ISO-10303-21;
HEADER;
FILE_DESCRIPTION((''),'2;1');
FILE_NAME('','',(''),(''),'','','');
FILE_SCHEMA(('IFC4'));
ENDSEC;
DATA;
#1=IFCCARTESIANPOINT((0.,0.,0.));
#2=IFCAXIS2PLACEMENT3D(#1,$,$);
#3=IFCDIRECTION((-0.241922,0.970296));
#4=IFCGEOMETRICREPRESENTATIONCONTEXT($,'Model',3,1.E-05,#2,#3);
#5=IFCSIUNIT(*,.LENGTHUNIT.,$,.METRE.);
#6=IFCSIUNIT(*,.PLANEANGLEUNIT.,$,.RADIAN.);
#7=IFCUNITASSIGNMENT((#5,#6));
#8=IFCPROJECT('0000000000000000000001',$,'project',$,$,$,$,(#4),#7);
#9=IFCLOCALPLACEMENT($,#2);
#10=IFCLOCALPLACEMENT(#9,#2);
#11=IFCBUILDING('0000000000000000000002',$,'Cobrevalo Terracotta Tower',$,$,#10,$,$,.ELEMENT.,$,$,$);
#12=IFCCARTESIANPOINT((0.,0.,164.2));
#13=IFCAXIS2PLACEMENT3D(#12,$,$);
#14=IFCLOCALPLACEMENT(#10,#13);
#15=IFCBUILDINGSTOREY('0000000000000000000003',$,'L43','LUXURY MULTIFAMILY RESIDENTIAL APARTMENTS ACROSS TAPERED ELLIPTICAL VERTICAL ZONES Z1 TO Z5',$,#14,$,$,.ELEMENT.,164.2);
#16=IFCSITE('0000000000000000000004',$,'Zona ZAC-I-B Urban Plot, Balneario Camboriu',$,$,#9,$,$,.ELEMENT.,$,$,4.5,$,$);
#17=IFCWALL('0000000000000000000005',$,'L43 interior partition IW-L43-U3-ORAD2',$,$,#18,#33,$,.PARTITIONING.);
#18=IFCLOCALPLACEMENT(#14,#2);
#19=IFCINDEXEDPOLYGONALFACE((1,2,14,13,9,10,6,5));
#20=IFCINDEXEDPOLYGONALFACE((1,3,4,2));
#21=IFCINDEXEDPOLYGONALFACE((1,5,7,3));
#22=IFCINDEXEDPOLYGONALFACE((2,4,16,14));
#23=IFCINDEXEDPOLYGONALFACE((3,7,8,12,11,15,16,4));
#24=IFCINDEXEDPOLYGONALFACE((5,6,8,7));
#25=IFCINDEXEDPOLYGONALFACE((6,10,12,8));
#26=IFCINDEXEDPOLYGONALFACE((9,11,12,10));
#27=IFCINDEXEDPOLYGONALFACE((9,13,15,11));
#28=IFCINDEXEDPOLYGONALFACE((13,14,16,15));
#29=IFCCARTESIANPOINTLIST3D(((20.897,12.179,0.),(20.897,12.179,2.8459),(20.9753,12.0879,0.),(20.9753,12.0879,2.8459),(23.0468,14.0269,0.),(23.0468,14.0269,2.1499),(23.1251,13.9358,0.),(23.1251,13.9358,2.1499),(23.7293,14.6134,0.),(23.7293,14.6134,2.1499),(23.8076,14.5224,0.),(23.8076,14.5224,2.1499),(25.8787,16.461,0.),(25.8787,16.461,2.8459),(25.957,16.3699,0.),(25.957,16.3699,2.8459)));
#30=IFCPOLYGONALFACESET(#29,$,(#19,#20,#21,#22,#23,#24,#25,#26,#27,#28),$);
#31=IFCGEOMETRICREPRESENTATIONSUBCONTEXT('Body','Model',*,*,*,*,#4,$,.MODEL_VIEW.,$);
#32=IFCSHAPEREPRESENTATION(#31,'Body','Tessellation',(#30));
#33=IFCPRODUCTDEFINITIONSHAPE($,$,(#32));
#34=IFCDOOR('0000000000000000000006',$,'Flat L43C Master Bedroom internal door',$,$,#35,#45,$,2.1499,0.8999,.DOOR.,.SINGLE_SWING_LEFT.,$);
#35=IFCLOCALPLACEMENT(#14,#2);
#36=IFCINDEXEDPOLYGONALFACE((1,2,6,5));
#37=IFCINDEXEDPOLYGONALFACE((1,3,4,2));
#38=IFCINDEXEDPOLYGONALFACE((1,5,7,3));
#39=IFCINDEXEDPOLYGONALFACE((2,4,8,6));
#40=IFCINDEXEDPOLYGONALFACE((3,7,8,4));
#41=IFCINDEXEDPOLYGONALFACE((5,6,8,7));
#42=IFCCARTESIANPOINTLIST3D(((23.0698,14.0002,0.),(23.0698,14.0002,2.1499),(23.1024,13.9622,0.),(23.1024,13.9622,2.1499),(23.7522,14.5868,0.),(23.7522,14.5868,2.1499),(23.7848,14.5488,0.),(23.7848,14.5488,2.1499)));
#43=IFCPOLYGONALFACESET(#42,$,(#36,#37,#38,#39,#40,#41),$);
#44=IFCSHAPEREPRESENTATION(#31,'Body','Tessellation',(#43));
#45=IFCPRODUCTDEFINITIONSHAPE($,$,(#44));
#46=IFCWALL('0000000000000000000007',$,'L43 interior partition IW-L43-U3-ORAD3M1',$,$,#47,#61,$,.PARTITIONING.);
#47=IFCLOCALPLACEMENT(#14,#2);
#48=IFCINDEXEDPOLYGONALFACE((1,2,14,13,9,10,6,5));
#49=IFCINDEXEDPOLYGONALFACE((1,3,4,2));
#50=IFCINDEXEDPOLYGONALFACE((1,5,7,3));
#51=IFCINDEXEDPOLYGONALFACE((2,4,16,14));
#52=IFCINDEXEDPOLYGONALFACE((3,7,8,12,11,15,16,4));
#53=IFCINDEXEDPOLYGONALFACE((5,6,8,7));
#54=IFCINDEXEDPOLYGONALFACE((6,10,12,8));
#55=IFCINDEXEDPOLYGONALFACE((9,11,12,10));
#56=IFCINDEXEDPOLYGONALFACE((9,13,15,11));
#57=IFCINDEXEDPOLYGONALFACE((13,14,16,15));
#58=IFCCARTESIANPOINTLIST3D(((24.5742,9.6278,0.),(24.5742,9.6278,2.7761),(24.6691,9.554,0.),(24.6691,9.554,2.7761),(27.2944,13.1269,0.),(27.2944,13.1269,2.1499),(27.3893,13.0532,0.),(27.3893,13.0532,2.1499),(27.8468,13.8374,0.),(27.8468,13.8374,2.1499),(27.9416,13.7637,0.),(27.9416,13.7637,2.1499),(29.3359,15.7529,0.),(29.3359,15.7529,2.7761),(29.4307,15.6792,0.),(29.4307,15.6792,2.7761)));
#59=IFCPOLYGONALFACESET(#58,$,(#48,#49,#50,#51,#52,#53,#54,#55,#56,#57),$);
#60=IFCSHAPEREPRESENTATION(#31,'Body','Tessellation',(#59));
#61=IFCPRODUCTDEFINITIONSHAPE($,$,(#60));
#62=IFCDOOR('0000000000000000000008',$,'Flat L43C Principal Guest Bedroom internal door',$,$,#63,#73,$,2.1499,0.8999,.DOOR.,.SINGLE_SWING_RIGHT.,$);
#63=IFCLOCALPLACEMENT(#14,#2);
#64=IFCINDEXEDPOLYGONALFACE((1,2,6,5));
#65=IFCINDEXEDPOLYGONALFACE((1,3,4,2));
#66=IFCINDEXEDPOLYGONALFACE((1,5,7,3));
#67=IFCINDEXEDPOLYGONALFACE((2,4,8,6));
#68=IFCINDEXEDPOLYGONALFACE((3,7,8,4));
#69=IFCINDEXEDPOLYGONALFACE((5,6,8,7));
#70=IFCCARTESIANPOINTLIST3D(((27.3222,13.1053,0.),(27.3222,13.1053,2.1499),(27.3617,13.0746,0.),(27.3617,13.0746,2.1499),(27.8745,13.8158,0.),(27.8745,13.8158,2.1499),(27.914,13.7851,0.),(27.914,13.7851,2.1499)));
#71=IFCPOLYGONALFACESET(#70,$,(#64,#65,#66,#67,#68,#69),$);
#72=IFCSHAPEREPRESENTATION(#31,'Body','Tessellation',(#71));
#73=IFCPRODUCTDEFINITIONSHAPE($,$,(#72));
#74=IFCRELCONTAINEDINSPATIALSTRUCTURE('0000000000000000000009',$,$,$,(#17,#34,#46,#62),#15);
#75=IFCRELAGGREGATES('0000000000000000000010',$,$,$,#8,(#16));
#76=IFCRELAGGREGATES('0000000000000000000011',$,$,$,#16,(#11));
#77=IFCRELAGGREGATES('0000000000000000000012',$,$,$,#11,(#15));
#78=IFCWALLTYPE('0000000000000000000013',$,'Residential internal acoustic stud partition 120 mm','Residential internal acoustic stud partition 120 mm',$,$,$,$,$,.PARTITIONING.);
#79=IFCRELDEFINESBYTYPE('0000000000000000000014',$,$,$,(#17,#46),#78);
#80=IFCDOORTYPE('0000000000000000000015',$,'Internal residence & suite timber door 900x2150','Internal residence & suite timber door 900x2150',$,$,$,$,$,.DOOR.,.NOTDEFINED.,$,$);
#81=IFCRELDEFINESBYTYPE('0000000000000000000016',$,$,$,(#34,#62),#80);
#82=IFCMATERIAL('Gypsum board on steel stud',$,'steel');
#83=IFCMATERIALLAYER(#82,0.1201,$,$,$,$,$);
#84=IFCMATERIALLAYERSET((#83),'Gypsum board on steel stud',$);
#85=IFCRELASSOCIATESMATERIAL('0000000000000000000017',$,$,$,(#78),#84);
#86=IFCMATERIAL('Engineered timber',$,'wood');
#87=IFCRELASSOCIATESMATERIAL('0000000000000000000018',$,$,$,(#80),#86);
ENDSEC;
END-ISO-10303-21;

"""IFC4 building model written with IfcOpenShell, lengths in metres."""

from ifc_helpers import new_model, si_unit, direction, frame, frame_2d, origin, place, context, subcontext, project, spatial, rectangle, extrude, source, transform, mapped, material, layer, layer_set, type_object, element, fill, save


model = new_model("IFC4")

# Units and contexts
model_context = context("Model", 3, precision=1e-05, world=origin(), true_north=direction((-0.241922, 0.970296)))
body_context = subcontext(model_context, "Body", "Model", "MODEL_VIEW")
ifc_project = project(units=[si_unit("LENGTHUNIT", "METRE"), si_unit("PLANEANGLEUNIT", "RADIAN")], contexts=[model_context])

# Site, building, storey
site_placement = place(None, origin())
site = spatial("IfcSite", under=ifc_project, at=site_placement, Name="Zona ZAC-I-B Urban Plot, Balneario Camboriu", CompositionType="ELEMENT", RefElevation=4.5)
building_placement = place(site_placement, origin())
building = spatial("IfcBuilding", under=site, at=building_placement, Name="Cobrevalo Terracotta Tower", CompositionType="ELEMENT")
storey_placement = place(building_placement, frame((0.0, 0.0, 164.2)))
storey = spatial("IfcBuildingStorey", under=building, at=storey_placement, Name="L43", Description="LUXURY MULTIFAMILY RESIDENTIAL APARTMENTS ACROSS TAPERED ELLIPTICAL VERTICAL ZONES Z1 TO Z5", CompositionType="ELEMENT", Elevation=164.2)

# Shared definitions
ifc_material_1 = material(Name="Gypsum board on steel stud", Category="steel")

# Shared definitions
ifc_layer_1 = layer(ifc_material_1, 0.1201)
ifc_layer_set_1 = layer_set([ifc_layer_1], Name="Gypsum board on steel stud")
wall_type_1 = type_object("IfcWallType", Name="Residential internal acoustic stud partition 120 mm", Description="Residential internal acoustic stud partition 120 mm", PredefinedType="PARTITIONING", material=ifc_layer_set_1)

# Walls, openings, doors
ifc_material_2 = material(Name="Engineered timber", Category="wood")
door_type_1 = type_object("IfcDoorType", Name="Internal residence & suite timber door 900x2150", Description="Internal residence & suite timber door 900x2150", OperationType="NOTDEFINED", PredefinedType="DOOR", material=ifc_material_2)
shared_shape_1 = source(origin(), body_context, "Body", "SweptSolid", [
    extrude(rectangle(XDim=0.8999, YDim=2.1499, at=frame_2d((0.45, 1.075))), frame((0.0, 0.0249, 0.0), z_axis=(0.0, -1.0, 0.0), x_axis=(1.0, 0.0, 0.0)), (0.0, 0.0, 1.0), 0.05),
])
wall_1_placement = place(storey_placement, frame((25.918, 16.4155, 0.0), z_axis=(0.0, 0.0, 1.0), x_axis=(-0.758356, -0.651841, 0.0)))
wall_1 = element("IfcWall", 1, at=wall_1_placement, inside=storey, type_object=wall_type_1, Name="L43 interior partition IW-L43-U3-ORAD2", PredefinedType="PARTITIONING", context=body_context, shape_type="SweptSolid", body=[
    extrude(rectangle(XDim=6.5691, YDim=0.1201, at=frame_2d((3.2847, 0.0))), origin(), (0.0, 0.0, 1.0), 2.8459),
])
opening_1_placement = place(wall_1_placement, frame((2.8345, 0.0, 0.0)))
opening_1 = element("IfcOpeningElement", 2, at=opening_1_placement, cuts=wall_1, PredefinedType="OPENING", context=body_context, shape_type="SweptSolid", body=[
    extrude(rectangle(XDim=0.8999, YDim=2.1499, at=frame_2d((0.45, 1.075))), frame((0.0, 0.0701, 0.0), z_axis=(0.0, -1.0, 0.0), x_axis=(1.0, 0.0, 0.0)), (0.0, 0.0, 1.0), 0.1401),
])
door_1_placement = place(opening_1_placement, frame((0.8999, 0.0, 0.0), z_axis=(0.0, 0.0, 1.0), x_axis=(-1.0, 0.0, 0.0)))
door_1 = element("IfcDoor", 3, at=door_1_placement, inside=storey, type_object=door_type_1, Name="Flat L43C Master Bedroom internal door", OperationType="SINGLE_SWING_LEFT", OverallHeight=2.1499, OverallWidth=0.8999, PredefinedType="DOOR", context=body_context, shape_type="MappedRepresentation", body=[
    mapped(shared_shape_1, transform((0.0, 0.0, 0.0), scale=1.0)),
])
fill(opening_1, door_1)
wall_2_placement = place(storey_placement, frame((29.3833, 15.7161, 0.0), z_axis=(0.0, 0.0, 1.0), x_axis=(-0.613751, -0.7895, 0.0)))
wall_2 = element("IfcWall", 4, at=wall_2_placement, inside=storey, type_object=wall_type_1, Name="L43 interior partition IW-L43-U3-ORAD3M1", PredefinedType="PARTITIONING", context=body_context, shape_type="SweptSolid", body=[
    extrude(rectangle(XDim=7.7583, YDim=0.1201, at=frame_2d((3.8792, 0.0))), origin(), (0.0, 0.0, 1.0), 2.7761),
])
opening_2_placement = place(wall_2_placement, frame((2.4263, 0.0, 0.0)))
opening_2 = element("IfcOpeningElement", 5, at=opening_2_placement, cuts=wall_2, PredefinedType="OPENING", context=body_context, shape_type="SweptSolid", body=[
    extrude(rectangle(XDim=0.8999, YDim=2.1499, at=frame_2d((0.45, 1.075))), frame((0.0, 0.0701, 0.0), z_axis=(0.0, -1.0, 0.0), x_axis=(1.0, 0.0, 0.0)), (0.0, 0.0, 1.0), 0.1401),
])
door_2_placement = place(opening_2_placement, frame((0.8999, 0.0, 0.0), z_axis=(0.0, 0.0, 1.0), x_axis=(-1.0, 0.0, 0.0)))
door_2 = element("IfcDoor", 6, at=door_2_placement, inside=storey, type_object=door_type_1, Name="Flat L43C Principal Guest Bedroom internal door", OperationType="SINGLE_SWING_RIGHT", OverallHeight=2.1499, OverallWidth=0.8999, PredefinedType="DOOR", context=body_context, shape_type="MappedRepresentation", body=[
    mapped(shared_shape_1, transform((0.0, 0.0, 0.0), scale=1.0)),
])
fill(opening_2, door_2)

save(model, "model.ifc")
